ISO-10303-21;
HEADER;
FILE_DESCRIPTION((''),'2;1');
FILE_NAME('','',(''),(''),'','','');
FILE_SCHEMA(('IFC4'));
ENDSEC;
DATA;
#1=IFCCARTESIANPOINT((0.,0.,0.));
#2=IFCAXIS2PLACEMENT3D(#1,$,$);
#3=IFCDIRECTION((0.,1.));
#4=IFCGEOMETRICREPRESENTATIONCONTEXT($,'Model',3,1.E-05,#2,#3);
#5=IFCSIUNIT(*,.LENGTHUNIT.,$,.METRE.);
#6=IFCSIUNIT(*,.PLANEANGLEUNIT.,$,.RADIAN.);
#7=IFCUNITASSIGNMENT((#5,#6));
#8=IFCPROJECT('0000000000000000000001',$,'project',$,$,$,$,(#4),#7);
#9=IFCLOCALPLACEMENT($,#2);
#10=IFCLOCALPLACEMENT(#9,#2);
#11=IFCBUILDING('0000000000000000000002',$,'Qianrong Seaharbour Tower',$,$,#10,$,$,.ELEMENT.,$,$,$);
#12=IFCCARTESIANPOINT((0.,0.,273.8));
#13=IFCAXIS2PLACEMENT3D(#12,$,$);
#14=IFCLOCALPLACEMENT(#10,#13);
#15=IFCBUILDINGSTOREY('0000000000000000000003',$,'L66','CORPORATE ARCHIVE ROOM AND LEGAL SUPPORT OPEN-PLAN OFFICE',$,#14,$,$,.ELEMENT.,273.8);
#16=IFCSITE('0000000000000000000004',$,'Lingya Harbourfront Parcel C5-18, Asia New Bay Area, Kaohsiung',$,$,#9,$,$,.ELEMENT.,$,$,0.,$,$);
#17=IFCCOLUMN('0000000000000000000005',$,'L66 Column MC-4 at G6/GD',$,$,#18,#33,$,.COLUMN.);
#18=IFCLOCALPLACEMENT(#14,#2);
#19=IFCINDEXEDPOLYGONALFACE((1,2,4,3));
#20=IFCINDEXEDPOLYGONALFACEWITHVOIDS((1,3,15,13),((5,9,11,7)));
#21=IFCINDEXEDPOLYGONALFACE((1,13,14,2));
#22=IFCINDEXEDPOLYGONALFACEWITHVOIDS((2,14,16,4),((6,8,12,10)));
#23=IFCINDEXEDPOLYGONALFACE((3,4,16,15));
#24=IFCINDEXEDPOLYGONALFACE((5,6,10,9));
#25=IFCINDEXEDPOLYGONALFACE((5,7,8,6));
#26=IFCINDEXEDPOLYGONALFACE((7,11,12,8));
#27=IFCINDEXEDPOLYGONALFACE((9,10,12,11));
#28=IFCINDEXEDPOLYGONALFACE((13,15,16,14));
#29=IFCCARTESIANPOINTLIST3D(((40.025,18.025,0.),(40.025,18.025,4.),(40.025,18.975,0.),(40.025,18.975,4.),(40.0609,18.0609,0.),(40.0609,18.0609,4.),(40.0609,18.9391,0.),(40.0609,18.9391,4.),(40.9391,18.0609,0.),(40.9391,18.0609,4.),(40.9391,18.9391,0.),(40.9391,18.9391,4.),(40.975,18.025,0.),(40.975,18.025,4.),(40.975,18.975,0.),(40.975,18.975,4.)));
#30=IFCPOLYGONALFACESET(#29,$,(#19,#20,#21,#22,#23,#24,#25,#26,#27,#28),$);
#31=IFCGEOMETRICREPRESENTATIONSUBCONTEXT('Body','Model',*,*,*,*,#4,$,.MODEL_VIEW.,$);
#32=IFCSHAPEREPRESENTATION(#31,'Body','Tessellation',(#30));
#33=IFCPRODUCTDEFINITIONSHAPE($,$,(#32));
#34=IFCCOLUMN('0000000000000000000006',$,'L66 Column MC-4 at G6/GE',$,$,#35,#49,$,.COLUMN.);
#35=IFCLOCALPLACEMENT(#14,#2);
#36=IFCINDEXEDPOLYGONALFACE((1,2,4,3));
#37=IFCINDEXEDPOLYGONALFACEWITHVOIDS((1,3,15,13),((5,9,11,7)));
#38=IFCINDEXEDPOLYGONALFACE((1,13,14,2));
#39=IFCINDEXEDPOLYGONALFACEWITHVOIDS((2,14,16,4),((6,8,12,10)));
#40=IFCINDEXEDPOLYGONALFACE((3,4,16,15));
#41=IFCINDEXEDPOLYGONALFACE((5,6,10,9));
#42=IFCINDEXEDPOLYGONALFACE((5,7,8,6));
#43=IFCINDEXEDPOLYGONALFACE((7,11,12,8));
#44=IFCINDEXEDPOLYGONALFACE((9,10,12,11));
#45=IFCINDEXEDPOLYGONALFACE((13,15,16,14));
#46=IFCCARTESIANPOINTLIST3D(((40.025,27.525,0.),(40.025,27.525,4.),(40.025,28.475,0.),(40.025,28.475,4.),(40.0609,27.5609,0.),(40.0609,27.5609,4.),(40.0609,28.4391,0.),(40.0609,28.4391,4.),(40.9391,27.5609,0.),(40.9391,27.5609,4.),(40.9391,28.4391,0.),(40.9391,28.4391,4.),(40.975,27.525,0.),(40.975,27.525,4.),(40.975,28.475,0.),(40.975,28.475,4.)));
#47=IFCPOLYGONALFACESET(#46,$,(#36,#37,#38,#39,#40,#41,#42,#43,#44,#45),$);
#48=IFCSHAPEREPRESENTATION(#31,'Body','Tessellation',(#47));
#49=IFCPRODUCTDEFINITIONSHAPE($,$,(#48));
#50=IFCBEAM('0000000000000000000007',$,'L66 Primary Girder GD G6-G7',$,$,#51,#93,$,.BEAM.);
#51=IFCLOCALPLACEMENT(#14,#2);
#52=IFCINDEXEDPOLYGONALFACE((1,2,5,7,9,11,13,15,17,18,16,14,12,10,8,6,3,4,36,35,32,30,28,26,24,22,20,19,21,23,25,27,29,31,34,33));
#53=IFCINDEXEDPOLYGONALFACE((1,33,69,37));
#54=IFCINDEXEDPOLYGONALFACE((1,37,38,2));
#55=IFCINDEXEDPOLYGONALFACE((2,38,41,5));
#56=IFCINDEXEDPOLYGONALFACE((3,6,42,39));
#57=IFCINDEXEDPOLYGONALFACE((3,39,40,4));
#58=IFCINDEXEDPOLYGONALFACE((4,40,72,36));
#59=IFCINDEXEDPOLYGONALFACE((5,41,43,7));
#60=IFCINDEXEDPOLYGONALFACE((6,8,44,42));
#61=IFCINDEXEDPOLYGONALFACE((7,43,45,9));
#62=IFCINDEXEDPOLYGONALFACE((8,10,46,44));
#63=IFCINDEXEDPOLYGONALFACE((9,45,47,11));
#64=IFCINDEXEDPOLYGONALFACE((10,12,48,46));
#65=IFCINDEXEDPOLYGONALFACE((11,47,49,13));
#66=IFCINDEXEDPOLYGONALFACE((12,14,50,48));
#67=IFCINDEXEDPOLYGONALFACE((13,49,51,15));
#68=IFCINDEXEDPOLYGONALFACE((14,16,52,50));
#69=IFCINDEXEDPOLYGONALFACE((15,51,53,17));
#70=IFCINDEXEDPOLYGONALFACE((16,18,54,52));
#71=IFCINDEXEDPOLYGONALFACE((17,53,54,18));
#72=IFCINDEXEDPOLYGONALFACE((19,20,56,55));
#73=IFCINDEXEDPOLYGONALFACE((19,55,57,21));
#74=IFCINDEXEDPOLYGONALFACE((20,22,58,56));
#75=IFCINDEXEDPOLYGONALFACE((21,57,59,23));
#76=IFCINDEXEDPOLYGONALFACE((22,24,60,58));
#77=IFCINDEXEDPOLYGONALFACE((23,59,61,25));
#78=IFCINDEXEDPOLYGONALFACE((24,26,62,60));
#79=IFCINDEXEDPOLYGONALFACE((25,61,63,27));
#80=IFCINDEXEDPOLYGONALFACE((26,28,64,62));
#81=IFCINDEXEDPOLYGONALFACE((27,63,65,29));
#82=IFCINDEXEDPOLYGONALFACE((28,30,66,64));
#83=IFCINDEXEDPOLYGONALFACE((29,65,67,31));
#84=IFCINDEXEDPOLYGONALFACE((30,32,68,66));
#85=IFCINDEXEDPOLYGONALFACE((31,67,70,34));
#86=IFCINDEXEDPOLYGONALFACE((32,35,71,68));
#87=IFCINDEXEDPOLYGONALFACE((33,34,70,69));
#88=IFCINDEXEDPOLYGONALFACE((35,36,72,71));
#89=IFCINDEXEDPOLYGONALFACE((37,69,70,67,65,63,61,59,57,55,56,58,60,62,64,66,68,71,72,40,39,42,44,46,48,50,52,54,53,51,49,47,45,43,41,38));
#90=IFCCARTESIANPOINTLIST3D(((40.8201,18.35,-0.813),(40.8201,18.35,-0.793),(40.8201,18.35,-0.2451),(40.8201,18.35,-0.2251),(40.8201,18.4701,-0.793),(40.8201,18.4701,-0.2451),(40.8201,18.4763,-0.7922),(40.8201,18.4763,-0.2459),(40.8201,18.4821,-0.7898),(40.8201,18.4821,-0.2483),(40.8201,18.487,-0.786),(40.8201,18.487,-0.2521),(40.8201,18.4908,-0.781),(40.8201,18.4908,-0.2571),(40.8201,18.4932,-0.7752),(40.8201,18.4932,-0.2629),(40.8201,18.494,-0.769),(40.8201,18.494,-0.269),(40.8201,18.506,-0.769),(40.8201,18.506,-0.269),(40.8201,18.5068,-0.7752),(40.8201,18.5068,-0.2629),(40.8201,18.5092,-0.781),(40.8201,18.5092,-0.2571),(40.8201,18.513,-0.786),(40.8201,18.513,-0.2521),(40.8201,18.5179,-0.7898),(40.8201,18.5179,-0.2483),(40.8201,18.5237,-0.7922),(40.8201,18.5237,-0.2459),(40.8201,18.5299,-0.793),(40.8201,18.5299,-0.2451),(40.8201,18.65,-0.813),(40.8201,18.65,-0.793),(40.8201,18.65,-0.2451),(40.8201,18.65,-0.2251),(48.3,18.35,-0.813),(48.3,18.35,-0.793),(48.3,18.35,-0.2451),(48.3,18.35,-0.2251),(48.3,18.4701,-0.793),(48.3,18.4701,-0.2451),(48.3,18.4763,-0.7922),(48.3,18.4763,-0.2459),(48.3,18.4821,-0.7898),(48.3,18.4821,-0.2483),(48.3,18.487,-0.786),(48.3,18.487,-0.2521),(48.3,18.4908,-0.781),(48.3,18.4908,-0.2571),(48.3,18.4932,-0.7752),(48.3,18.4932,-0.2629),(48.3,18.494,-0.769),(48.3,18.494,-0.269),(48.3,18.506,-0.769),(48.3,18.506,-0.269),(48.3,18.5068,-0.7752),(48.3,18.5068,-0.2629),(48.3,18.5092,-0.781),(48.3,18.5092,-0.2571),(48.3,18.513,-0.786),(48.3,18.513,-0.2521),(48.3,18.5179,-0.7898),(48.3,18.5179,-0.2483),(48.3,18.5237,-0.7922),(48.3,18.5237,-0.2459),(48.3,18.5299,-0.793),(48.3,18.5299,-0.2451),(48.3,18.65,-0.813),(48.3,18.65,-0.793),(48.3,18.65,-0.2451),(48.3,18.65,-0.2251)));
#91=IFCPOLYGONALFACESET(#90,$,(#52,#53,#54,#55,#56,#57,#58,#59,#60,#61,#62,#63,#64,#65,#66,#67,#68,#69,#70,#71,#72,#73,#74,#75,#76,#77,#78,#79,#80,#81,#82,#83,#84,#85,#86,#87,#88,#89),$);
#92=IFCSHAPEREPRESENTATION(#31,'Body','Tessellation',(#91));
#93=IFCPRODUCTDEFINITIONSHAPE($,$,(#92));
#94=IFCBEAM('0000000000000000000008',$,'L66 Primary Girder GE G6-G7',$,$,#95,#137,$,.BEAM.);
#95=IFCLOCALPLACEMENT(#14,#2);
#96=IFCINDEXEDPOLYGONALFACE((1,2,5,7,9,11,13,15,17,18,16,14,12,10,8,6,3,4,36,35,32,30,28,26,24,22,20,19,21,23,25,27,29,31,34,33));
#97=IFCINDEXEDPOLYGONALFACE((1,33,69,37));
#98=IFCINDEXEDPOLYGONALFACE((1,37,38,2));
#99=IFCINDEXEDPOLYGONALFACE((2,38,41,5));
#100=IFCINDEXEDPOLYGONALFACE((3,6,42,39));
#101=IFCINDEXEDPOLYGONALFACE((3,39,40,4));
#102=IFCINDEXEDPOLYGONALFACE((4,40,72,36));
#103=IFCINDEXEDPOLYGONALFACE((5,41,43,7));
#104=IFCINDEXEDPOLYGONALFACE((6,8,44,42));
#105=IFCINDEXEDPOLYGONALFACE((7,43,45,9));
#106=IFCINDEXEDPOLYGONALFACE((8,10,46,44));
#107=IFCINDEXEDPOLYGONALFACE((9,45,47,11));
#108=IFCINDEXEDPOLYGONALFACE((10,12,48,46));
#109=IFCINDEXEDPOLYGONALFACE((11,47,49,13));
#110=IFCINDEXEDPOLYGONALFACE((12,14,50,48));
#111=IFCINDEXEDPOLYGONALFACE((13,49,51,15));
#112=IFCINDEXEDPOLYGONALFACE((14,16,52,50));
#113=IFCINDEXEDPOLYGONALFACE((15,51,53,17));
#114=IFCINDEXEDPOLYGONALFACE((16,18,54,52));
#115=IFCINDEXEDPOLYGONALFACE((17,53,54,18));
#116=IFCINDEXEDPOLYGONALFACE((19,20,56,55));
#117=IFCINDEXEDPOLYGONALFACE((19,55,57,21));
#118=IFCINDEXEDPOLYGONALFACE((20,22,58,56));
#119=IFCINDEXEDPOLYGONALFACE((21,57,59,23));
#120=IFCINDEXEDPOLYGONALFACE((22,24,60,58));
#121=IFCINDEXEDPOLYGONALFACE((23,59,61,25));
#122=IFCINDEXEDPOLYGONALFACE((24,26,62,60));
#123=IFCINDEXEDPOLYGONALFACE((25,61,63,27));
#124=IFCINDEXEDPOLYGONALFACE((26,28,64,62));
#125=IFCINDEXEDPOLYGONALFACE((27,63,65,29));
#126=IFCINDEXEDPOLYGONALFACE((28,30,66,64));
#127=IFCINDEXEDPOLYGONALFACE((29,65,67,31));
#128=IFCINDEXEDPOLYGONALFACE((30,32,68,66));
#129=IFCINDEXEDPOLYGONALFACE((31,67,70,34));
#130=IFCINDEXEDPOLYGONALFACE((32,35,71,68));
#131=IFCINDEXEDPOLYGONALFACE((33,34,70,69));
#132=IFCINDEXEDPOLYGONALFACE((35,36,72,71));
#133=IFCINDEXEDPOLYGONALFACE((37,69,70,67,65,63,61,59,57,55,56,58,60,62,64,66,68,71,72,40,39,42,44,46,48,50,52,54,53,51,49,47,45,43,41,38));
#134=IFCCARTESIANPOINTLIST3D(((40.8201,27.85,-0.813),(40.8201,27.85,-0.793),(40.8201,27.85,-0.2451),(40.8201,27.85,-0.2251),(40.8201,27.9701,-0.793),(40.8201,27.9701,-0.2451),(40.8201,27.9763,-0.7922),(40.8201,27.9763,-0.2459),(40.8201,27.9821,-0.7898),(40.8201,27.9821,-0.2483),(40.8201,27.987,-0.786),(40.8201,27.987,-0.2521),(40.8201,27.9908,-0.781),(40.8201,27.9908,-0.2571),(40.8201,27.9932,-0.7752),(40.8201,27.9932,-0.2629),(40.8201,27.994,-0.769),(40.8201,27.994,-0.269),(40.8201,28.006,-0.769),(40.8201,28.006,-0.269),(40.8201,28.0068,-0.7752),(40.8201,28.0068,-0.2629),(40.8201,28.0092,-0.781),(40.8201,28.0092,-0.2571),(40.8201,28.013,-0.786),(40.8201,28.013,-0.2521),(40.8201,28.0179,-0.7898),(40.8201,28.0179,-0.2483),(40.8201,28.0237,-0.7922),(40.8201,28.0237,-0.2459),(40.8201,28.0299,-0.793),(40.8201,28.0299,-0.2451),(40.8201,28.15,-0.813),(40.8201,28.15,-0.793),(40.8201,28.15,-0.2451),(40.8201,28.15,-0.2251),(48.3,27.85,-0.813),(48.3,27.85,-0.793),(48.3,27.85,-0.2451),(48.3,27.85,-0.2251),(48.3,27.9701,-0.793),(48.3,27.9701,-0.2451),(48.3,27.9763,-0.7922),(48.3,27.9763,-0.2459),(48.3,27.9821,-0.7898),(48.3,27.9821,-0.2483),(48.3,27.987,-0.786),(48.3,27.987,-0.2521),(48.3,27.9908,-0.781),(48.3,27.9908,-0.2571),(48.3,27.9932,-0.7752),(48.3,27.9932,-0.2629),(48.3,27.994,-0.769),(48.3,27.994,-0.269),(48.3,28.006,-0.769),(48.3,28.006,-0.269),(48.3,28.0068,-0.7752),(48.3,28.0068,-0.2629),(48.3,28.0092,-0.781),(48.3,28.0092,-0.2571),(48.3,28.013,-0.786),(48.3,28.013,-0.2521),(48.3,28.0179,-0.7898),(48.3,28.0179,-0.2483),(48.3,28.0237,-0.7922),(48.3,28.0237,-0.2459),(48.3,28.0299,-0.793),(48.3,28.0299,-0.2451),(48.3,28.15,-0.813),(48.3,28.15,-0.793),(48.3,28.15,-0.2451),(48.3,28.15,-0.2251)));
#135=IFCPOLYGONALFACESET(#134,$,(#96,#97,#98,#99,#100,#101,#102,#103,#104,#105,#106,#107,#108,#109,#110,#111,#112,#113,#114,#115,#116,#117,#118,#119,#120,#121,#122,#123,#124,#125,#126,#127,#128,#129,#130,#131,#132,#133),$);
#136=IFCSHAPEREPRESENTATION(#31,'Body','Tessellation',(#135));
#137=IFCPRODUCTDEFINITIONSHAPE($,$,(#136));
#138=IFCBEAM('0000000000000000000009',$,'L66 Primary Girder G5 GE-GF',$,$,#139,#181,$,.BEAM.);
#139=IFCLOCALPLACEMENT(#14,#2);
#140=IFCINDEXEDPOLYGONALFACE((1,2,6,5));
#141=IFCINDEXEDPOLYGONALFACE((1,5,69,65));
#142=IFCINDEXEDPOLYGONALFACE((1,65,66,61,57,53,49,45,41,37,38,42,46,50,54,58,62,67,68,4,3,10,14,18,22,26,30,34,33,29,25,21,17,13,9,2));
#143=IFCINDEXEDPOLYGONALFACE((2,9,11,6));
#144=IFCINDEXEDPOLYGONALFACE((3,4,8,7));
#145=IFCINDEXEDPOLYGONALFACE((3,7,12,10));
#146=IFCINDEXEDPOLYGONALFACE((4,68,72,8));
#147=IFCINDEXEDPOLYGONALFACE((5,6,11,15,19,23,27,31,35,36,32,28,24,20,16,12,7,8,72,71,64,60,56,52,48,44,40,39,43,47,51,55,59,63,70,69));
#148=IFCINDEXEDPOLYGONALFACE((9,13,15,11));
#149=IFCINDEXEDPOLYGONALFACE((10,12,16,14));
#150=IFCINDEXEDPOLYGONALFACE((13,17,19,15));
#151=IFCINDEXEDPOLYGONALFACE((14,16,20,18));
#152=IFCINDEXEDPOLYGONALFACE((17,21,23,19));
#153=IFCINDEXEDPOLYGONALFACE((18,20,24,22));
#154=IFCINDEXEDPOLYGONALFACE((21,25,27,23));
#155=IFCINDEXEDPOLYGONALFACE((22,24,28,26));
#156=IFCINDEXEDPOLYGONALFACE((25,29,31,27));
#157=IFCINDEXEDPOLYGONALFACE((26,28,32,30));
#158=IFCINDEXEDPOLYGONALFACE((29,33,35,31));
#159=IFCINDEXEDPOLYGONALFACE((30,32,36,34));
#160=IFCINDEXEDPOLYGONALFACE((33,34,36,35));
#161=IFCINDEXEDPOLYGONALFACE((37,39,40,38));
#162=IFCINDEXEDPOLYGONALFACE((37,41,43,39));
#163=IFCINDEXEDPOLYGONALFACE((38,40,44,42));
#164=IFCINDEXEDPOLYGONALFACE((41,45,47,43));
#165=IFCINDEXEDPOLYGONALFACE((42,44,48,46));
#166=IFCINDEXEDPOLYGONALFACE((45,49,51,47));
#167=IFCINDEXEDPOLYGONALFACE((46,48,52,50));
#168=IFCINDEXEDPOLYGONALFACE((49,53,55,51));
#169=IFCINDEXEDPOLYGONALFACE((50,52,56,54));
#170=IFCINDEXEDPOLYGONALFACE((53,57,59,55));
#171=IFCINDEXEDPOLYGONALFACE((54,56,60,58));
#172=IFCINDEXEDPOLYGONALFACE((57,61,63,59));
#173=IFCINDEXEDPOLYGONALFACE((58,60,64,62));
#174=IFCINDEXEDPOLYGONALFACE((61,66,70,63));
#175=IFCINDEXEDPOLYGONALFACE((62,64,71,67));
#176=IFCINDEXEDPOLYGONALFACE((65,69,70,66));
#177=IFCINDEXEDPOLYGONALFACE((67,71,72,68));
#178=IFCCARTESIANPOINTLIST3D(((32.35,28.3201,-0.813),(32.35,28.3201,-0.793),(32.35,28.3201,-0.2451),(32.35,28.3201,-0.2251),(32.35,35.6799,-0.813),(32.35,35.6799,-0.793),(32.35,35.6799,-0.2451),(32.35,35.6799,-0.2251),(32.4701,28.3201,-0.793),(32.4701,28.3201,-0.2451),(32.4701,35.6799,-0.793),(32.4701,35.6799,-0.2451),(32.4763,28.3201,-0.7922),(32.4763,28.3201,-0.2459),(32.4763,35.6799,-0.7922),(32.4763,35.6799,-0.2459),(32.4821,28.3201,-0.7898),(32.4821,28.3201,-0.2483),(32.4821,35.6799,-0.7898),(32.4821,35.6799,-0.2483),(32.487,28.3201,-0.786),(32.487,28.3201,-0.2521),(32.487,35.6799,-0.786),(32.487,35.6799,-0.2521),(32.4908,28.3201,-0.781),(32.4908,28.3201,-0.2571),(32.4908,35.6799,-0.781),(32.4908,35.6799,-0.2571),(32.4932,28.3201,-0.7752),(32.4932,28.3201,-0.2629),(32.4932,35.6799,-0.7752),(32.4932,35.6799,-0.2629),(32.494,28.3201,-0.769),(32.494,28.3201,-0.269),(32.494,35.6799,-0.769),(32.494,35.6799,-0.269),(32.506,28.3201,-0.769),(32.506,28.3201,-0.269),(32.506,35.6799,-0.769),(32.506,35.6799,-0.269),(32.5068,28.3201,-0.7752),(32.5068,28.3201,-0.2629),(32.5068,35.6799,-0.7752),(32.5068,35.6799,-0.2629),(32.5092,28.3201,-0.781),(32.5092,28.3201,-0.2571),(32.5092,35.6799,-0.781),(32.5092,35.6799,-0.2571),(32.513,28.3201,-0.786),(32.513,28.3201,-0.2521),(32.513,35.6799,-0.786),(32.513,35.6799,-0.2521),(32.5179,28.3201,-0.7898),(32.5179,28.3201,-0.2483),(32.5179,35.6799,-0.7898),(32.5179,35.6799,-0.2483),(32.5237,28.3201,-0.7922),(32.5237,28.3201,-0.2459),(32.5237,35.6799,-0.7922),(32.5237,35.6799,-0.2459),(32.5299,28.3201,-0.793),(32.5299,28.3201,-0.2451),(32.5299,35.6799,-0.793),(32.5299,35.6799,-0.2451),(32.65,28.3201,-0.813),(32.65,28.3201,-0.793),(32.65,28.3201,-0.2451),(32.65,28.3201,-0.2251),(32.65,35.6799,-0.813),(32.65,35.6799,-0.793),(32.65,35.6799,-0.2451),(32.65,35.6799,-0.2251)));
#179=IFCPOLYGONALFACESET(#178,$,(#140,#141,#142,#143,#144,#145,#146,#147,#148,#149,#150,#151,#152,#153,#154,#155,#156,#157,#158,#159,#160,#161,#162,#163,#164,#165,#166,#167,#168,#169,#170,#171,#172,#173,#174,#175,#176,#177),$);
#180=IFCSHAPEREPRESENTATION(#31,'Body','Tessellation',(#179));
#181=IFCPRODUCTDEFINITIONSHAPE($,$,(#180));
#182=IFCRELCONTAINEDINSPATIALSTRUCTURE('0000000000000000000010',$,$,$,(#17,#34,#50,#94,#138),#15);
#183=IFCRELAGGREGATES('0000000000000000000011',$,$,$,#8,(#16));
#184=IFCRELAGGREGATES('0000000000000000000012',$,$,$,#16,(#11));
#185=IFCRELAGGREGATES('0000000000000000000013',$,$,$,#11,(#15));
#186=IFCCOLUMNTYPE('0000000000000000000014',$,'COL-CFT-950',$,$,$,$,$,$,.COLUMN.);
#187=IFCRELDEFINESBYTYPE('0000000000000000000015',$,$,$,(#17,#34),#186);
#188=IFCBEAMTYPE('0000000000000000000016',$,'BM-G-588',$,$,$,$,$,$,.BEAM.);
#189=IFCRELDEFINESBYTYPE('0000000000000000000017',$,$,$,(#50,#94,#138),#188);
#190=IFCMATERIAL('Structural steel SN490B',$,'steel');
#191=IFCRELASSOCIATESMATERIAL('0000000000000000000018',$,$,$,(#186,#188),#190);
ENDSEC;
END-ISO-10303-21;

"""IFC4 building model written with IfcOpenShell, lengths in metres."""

from ifc_helpers import new_model, si_unit, direction, frame, origin, origin_2d, place, context, subcontext, project, spatial, hollow_rectangle, i_section, extrude, material, material_profile, profile_set, type_object, element, save


model = new_model("IFC4")

# Units and contexts
model_context = context("Model", 3, precision=1e-05, world=origin(), true_north=direction((0.0, 1.0)))
body_context = subcontext(model_context, "Body", "Model", "MODEL_VIEW")
ifc_project = project(units=[si_unit("LENGTHUNIT", "METRE"), si_unit("PLANEANGLEUNIT", "RADIAN")], contexts=[model_context])

# Site, building, storey
site_placement = place(None, origin())
site = spatial("IfcSite", under=ifc_project, at=site_placement, Name="Lingya Harbourfront Parcel C5-18, Asia New Bay Area, Kaohsiung", CompositionType="ELEMENT", RefElevation=0.0)
building_placement = place(site_placement, origin())
building = spatial("IfcBuilding", under=site, at=building_placement, Name="Qianrong Seaharbour Tower", CompositionType="ELEMENT")
storey_placement = place(building_placement, frame((0.0, 0.0, 273.8)))
storey = spatial("IfcBuildingStorey", under=building, at=storey_placement, Name="L66", Description="CORPORATE ARCHIVE ROOM AND LEGAL SUPPORT OPEN-PLAN OFFICE", CompositionType="ELEMENT", Elevation=273.8)

# Columns
ifc_material_1 = material(Name="Structural steel SN490B", Category="steel")
ifc_material_profile_1 = material_profile(ifc_material_1, hollow_rectangle(XDim=0.95, YDim=0.95, WallThickness=0.0359, at=origin_2d()), Name="BOX950x950x36")
ifc_profile_set_1 = profile_set([ifc_material_profile_1], Name="Structural steel SN490B")
column_type = type_object("IfcColumnType", Name="COL-CFT-950", PredefinedType="COLUMN", material=ifc_profile_set_1)
for number, where, z_axis, x_axis, name in (
    (1, (40.5, 18.5, 0.0), (0.0, 0.0, 1.0), (1.0, 0.0, 0.0), "L66 Column MC-4 at G6/GD"),
    (2, (40.5, 28.0, 0.0), (0.0, 0.0, 1.0), (1.0, 0.0, 0.0), "L66 Column MC-4 at G6/GE"),
):
    element("IfcColumn", number, at=place(storey_placement, frame(where, z_axis=z_axis, x_axis=x_axis)), inside=storey, type_object=column_type, Name=name, PredefinedType="COLUMN", context=body_context, shape_type="SweptSolid", body=[
        extrude(hollow_rectangle(XDim=0.95, YDim=0.95, WallThickness=0.0359, at=origin_2d()), origin(), (0.0, 0.0, 1.0), 4.0),
    ])

# Beams
ifc_material_profile_2 = material_profile(ifc_material_1, i_section(OverallWidth=0.3, OverallDepth=0.5879, WebThickness=0.012, FlangeThickness=0.02, FilletRadius=0.0239, at=origin_2d()), Name="H588x300x12x20")
ifc_profile_set_2 = profile_set([ifc_material_profile_2], Name="Structural steel SN490B")
beam_type_1 = type_object("IfcBeamType", Name="BM-G-588", PredefinedType="BEAM", material=ifc_profile_set_2)
for number, where, z_axis, x_axis, name in (
    (3, (40.8201, 18.5, -0.519), (1.0, 0.0, 0.0), (0.0, 1.0, 0.0), "L66 Primary Girder GD G6-G7"),
    (4, (40.8201, 28.0, -0.519), (1.0, 0.0, 0.0), (0.0, 1.0, 0.0), "L66 Primary Girder GE G6-G7"),
):
    element("IfcBeam", number, at=place(storey_placement, frame(where, z_axis=z_axis, x_axis=x_axis)), inside=storey, type_object=beam_type_1, Name=name, PredefinedType="BEAM", context=body_context, shape_type="SweptSolid", body=[
        extrude(i_section(OverallWidth=0.3, OverallDepth=0.5879, WebThickness=0.012, FlangeThickness=0.02, FilletRadius=0.0239, at=origin_2d()), origin(), (0.0, 0.0, 1.0), 7.48),
    ])
for number, where, z_axis, x_axis, name in (
    (5, (32.5, 28.3201, -0.519), (0.0, 1.0, 0.0), (-1.0, 0.0, 0.0), "L66 Primary Girder G5 GE-GF"),
):
    element("IfcBeam", number, at=place(storey_placement, frame(where, z_axis=z_axis, x_axis=x_axis)), inside=storey, type_object=beam_type_1, Name=name, PredefinedType="BEAM", context=body_context, shape_type="SweptSolid", body=[
        extrude(i_section(OverallWidth=0.3, OverallDepth=0.5879, WebThickness=0.012, FlangeThickness=0.02, FilletRadius=0.0239, at=origin_2d()), origin(), (0.0, 0.0, 1.0), 7.3599),
    ])

save(model, "model.ifc")
